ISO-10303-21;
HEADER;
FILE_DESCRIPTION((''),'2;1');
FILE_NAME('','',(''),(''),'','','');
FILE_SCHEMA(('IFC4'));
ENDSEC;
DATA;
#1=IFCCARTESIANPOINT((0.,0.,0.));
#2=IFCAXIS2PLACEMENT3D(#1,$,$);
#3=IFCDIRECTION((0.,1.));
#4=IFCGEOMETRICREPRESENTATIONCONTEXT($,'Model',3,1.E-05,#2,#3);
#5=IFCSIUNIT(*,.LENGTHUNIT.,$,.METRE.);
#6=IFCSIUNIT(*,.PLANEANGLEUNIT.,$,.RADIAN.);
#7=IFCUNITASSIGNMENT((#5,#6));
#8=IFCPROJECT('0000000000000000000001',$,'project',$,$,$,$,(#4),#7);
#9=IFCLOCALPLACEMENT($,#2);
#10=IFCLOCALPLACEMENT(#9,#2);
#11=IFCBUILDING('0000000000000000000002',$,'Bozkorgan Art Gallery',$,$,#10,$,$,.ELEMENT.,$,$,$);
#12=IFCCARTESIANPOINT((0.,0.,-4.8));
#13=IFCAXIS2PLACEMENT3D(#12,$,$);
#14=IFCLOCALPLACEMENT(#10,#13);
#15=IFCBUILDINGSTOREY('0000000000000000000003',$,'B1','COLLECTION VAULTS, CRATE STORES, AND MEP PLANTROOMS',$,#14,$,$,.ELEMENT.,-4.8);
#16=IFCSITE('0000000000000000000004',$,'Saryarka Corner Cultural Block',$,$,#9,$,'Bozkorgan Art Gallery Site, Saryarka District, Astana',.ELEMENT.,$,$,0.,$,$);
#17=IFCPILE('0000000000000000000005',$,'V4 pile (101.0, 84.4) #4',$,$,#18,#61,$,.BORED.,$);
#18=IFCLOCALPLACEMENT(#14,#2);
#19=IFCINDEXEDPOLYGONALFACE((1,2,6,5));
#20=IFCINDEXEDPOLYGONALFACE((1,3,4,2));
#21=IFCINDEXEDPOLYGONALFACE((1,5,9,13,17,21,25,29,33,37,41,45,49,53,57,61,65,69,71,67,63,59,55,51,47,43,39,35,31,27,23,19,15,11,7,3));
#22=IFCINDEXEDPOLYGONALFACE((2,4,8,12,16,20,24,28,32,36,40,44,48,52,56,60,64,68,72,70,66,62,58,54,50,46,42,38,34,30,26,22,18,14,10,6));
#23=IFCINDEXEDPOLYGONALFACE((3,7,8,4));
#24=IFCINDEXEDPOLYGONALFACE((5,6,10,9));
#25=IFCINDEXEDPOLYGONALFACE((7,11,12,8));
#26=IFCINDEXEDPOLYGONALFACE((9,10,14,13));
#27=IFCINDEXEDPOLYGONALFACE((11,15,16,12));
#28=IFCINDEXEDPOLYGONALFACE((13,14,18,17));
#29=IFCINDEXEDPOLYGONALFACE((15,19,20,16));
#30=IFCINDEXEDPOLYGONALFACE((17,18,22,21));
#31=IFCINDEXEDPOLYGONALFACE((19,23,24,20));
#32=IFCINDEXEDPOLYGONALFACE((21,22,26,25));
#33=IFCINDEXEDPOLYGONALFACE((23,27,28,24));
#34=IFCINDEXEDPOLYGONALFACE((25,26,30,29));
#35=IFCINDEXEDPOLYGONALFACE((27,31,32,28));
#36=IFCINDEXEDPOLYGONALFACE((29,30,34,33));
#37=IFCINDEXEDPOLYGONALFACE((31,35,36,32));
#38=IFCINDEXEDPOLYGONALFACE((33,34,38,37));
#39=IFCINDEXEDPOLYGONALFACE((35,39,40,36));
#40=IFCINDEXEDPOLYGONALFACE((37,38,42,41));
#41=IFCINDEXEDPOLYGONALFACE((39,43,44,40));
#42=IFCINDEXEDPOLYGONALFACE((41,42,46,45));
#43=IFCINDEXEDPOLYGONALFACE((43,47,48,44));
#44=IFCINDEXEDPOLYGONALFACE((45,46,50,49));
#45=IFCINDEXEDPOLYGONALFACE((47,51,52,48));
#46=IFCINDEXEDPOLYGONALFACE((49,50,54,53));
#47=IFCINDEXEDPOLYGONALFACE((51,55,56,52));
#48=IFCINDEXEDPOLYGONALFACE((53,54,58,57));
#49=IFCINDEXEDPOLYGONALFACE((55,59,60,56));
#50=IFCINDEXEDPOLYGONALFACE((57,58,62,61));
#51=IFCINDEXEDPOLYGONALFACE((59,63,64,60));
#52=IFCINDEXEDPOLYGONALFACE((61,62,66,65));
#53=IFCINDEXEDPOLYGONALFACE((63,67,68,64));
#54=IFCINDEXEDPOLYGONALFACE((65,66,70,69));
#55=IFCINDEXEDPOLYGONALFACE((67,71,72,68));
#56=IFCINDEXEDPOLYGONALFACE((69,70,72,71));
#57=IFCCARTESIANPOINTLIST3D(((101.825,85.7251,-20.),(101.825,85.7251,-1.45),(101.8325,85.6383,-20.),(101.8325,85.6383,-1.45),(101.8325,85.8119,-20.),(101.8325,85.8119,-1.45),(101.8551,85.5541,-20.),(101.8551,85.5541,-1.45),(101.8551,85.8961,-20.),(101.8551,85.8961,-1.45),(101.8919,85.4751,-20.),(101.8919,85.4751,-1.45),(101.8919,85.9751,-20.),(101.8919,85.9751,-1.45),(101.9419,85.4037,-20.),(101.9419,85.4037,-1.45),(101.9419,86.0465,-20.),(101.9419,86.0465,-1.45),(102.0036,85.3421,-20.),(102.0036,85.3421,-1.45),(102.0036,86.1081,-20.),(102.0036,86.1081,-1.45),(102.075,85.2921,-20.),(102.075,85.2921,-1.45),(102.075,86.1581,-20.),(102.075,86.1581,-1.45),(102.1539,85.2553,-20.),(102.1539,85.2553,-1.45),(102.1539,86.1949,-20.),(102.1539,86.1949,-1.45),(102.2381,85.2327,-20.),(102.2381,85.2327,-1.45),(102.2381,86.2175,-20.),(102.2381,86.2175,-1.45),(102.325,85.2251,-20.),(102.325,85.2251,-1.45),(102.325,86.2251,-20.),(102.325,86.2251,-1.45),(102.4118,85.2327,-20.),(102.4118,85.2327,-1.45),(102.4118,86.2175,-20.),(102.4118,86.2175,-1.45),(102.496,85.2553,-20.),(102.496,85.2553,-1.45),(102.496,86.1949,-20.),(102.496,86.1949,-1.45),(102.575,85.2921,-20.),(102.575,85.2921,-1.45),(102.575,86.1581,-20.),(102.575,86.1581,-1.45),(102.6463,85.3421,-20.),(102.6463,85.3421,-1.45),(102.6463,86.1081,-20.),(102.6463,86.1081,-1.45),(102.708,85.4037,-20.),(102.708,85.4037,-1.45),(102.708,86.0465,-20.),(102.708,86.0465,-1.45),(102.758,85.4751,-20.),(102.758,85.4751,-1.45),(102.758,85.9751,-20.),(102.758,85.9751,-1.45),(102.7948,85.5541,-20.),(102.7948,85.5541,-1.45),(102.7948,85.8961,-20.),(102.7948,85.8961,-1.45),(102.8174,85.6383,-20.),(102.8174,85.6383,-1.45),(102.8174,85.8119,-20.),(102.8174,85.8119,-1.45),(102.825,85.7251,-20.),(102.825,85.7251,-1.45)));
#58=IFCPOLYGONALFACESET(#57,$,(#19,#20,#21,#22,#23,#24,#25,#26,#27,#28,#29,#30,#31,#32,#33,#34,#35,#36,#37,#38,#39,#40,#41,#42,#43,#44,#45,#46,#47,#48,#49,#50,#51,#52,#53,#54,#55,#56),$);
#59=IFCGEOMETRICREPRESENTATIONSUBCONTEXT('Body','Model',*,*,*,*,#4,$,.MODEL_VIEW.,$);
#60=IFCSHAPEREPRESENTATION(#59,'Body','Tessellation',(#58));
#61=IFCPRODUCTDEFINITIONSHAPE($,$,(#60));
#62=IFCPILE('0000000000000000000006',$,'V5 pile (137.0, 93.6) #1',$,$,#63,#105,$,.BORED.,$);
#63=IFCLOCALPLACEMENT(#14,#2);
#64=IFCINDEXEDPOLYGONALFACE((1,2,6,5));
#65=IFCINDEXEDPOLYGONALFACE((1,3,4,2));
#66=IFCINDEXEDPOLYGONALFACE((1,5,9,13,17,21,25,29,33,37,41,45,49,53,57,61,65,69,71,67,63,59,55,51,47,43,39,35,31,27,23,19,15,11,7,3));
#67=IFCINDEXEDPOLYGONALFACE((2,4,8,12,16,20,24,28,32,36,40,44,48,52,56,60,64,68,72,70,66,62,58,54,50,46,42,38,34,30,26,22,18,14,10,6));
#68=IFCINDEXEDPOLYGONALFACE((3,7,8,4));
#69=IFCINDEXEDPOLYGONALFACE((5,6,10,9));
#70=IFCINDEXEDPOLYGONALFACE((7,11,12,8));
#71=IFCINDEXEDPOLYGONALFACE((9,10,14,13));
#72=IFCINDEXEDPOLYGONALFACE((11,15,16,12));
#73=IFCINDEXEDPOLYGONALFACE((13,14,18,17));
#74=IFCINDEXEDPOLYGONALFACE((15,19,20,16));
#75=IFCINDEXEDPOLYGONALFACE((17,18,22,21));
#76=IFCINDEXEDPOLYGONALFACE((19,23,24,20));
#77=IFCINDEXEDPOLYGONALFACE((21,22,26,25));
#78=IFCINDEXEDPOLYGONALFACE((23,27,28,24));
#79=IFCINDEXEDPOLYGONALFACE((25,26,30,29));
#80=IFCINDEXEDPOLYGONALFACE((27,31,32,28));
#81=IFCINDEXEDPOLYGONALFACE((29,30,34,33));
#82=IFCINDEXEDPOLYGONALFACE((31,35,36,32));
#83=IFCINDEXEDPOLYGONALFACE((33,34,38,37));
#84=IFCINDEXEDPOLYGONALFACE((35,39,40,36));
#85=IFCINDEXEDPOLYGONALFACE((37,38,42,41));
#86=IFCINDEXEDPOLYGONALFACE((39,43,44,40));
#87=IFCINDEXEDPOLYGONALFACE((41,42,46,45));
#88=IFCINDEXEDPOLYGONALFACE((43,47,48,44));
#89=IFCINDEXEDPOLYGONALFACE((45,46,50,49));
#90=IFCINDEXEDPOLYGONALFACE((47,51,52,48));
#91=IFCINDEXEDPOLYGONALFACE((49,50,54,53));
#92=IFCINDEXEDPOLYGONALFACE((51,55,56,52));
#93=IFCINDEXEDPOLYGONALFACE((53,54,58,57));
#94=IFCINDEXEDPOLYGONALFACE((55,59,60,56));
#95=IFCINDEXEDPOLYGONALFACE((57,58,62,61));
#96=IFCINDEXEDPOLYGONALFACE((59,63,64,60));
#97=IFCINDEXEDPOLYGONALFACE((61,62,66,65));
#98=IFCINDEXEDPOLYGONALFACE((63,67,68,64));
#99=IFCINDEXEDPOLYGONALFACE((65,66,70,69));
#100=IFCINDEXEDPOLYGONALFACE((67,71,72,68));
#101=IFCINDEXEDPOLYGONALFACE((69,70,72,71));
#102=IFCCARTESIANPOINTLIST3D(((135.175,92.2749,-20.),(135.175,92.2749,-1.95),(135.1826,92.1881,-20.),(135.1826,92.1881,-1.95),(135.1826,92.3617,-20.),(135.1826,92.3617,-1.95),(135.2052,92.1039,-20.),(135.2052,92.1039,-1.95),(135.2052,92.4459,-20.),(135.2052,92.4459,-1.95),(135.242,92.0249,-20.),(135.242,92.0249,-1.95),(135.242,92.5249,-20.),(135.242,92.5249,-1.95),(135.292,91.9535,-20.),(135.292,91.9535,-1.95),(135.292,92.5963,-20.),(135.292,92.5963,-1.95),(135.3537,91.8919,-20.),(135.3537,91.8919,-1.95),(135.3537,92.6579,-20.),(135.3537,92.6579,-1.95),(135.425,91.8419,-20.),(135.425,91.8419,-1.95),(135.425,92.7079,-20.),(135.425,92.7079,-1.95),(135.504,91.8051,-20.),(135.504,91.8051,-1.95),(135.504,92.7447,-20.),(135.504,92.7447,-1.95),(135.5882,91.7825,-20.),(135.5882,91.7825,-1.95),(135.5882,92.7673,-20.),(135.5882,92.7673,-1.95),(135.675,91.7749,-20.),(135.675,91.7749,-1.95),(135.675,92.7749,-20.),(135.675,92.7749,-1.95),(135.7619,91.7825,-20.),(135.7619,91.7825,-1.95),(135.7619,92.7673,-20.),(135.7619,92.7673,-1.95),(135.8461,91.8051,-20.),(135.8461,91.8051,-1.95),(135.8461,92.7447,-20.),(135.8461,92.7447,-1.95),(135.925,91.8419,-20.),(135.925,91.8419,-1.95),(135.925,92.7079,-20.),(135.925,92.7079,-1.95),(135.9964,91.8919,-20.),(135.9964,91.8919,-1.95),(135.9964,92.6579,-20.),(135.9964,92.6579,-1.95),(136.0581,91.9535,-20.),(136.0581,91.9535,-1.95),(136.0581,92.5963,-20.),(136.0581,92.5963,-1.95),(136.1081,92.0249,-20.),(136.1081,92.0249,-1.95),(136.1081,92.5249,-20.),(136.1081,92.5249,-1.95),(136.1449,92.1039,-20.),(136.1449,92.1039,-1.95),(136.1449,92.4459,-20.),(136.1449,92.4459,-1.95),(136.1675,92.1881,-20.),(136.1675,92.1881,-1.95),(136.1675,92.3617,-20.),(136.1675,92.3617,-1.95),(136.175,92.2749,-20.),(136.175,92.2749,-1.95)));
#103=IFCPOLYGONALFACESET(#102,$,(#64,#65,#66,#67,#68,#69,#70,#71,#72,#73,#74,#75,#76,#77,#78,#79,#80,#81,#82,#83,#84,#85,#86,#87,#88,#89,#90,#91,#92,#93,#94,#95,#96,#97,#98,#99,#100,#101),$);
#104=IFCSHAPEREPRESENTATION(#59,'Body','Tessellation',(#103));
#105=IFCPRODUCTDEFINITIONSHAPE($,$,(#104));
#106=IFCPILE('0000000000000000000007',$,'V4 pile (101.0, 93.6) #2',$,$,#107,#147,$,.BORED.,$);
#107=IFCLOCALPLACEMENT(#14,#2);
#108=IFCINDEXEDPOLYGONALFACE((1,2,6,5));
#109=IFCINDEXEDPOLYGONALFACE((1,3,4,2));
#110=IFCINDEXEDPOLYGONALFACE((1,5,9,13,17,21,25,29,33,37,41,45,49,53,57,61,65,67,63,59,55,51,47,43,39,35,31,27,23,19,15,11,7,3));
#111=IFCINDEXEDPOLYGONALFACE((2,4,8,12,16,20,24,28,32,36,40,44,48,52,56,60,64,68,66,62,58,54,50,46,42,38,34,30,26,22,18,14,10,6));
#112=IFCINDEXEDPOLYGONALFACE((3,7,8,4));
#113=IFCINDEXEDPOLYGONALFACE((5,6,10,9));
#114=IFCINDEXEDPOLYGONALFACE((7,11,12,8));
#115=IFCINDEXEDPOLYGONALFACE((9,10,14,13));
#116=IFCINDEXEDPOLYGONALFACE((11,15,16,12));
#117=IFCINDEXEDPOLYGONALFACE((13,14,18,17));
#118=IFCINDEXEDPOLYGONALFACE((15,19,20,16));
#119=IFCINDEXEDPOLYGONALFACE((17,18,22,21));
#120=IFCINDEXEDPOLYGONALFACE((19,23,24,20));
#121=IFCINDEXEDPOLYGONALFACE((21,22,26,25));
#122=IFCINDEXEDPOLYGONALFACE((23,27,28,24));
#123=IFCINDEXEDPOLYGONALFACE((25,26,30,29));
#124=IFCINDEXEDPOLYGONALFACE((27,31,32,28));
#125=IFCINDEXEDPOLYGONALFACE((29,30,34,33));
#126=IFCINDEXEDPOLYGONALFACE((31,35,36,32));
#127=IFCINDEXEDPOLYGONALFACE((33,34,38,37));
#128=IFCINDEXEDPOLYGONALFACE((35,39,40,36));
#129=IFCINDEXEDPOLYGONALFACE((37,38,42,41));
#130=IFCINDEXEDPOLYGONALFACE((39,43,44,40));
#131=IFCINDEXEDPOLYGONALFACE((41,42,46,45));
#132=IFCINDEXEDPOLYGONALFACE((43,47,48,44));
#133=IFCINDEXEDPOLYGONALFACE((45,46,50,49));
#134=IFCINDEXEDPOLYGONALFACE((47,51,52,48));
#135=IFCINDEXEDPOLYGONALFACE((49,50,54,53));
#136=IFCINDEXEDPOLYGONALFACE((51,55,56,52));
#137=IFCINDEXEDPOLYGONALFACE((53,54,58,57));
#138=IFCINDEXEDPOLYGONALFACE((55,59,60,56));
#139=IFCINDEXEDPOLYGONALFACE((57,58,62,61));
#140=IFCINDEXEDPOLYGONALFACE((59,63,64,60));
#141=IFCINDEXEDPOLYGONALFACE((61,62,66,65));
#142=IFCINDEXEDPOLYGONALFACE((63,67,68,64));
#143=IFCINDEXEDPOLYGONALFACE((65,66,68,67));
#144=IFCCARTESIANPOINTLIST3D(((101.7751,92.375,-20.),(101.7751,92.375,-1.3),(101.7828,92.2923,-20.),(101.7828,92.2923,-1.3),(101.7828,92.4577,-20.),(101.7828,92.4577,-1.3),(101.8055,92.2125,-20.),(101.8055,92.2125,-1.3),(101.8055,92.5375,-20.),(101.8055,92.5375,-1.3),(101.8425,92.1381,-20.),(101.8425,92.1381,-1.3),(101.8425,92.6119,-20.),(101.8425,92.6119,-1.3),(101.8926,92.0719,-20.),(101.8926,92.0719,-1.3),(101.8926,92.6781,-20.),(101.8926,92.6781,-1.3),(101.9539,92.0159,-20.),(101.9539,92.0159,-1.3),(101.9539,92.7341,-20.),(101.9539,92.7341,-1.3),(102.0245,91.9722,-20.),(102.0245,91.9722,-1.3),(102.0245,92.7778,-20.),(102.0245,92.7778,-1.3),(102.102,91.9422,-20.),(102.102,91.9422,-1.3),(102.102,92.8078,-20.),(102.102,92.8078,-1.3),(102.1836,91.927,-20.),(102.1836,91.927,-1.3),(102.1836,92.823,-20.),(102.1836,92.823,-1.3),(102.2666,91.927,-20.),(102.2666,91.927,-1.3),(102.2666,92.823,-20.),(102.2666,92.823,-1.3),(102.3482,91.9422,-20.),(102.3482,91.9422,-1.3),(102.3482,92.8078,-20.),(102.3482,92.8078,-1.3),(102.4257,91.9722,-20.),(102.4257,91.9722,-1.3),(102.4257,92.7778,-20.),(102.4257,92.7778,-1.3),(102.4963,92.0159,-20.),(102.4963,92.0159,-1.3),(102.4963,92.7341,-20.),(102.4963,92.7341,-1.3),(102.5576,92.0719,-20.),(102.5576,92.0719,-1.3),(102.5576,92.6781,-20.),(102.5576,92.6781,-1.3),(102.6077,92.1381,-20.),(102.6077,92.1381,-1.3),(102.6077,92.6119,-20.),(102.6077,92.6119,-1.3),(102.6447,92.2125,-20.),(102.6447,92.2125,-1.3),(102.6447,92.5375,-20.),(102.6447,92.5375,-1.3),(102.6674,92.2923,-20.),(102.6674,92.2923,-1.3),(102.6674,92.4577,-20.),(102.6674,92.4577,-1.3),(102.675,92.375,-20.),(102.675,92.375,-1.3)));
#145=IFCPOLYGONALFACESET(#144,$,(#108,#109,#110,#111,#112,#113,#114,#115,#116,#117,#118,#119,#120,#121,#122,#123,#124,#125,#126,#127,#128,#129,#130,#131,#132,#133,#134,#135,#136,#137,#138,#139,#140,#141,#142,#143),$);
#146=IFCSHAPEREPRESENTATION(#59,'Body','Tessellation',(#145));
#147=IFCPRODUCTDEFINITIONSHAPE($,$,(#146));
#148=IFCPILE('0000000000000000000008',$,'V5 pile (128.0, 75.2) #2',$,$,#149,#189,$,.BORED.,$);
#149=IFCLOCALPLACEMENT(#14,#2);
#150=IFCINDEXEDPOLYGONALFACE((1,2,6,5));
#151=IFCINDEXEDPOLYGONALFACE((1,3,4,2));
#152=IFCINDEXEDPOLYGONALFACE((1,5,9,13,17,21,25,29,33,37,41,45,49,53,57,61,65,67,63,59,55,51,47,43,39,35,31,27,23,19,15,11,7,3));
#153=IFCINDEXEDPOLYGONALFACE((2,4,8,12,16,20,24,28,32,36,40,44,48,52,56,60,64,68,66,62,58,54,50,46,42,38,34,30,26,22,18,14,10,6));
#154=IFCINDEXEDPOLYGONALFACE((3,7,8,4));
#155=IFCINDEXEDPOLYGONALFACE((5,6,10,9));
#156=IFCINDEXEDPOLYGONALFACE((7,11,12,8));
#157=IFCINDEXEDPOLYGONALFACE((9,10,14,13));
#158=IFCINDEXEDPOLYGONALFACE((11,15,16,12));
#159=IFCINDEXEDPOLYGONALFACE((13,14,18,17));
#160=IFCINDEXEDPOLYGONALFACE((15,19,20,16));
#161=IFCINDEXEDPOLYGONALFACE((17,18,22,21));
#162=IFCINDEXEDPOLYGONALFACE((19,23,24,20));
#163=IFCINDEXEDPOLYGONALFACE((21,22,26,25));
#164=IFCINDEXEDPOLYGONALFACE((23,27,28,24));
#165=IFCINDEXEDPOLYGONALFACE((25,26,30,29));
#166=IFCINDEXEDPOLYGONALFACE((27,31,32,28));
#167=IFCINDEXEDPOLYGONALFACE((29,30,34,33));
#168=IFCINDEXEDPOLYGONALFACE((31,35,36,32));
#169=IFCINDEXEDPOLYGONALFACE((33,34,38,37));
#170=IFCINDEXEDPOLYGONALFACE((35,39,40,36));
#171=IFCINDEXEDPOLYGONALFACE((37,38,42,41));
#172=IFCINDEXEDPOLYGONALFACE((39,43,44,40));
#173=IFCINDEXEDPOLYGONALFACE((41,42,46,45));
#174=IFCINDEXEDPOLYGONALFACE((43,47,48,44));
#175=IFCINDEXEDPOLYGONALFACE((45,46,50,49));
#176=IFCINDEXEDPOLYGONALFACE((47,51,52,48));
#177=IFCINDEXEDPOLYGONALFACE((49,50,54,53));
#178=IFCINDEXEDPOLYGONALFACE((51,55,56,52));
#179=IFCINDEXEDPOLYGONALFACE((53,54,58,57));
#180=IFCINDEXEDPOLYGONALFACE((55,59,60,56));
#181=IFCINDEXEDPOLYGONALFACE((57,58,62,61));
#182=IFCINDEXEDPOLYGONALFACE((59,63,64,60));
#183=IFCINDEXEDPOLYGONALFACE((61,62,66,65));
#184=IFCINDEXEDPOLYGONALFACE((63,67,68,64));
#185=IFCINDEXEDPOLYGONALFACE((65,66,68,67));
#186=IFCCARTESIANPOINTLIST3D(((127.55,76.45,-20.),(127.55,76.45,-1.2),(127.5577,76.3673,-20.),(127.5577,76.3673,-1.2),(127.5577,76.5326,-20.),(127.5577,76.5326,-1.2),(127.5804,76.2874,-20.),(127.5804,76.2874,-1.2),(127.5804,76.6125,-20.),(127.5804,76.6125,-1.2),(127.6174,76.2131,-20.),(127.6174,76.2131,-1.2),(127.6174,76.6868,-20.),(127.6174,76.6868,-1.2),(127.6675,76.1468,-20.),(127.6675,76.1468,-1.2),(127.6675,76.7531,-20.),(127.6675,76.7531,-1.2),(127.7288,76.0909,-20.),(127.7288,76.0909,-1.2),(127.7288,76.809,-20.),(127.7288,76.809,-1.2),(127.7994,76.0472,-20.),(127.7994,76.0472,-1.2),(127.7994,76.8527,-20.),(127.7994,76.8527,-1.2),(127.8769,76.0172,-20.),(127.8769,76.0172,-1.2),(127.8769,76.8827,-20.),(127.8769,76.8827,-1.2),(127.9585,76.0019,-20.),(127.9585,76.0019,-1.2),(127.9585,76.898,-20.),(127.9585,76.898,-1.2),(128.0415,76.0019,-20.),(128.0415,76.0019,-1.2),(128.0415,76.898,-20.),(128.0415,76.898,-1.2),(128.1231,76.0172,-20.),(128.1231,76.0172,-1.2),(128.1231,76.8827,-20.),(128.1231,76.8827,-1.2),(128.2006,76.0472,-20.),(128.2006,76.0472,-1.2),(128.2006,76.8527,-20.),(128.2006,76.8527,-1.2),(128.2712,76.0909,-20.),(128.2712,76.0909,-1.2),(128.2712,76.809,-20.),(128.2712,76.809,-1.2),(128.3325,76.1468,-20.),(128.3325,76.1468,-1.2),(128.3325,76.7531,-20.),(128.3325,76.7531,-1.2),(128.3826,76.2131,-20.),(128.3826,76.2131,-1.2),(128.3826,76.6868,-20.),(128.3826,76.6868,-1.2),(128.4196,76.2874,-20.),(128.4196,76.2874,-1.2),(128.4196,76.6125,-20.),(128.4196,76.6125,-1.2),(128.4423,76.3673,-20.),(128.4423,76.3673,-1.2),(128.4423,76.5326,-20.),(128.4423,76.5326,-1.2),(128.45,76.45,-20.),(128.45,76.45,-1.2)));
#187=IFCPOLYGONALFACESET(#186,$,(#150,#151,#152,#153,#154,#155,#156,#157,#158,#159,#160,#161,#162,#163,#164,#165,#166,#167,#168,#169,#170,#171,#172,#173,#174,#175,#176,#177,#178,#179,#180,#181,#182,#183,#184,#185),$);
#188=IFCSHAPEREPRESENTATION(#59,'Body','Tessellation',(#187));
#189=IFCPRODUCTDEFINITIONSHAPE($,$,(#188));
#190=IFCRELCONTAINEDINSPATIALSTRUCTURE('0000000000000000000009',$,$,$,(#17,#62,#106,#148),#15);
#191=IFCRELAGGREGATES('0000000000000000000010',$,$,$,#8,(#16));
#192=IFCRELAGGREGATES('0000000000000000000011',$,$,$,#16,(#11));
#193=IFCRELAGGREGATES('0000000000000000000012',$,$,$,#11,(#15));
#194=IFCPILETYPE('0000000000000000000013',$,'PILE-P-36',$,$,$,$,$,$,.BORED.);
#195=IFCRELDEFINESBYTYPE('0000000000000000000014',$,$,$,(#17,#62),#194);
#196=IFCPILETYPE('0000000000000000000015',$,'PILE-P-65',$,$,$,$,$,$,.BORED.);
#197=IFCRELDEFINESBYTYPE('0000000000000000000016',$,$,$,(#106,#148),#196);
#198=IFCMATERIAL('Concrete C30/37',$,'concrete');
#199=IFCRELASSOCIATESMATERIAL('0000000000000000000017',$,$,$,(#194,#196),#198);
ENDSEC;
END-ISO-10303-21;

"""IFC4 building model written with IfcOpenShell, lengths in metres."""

from ifc_helpers import new_model, si_unit, direction, frame, origin, origin_2d, place, context, subcontext, project, spatial, circle, extrude, material, material_profile, profile_set, type_object, element, save


model = new_model("IFC4")

# Units and contexts
model_context = context("Model", 3, precision=1e-05, world=origin(), true_north=direction((0.0, 1.0)))
body_context = subcontext(model_context, "Body", "Model", "MODEL_VIEW")
ifc_project = project(units=[si_unit("LENGTHUNIT", "METRE"), si_unit("PLANEANGLEUNIT", "RADIAN")], contexts=[model_context])

# Site, building, storey
site_placement = place(None, origin())
site = spatial("IfcSite", under=ifc_project, at=site_placement, Name="Saryarka Corner Cultural Block", LongName="Bozkorgan Art Gallery Site, Saryarka District, Astana", CompositionType="ELEMENT", RefElevation=0.0)
building_placement = place(site_placement, origin())
building = spatial("IfcBuilding", under=site, at=building_placement, Name="Bozkorgan Art Gallery", CompositionType="ELEMENT")
storey_placement = place(building_placement, frame((0.0, 0.0, -4.8)))
storey = spatial("IfcBuildingStorey", under=building, at=storey_placement, Name="B1", Description="COLLECTION VAULTS, CRATE STORES, AND MEP PLANTROOMS", CompositionType="ELEMENT", Elevation=-4.8)

# Shared definitions
ifc_material_1 = material(Name="Concrete C30/37", Category="concrete")

# Piles
ifc_material_profile_1 = material_profile(ifc_material_1, circle(Radius=0.5, at=origin_2d()), Name="PILE D1000")
ifc_profile_set_1 = profile_set([ifc_material_profile_1], Name="Concrete C30/37")
pile_type_1 = type_object("IfcPileType", Name="PILE-P-36", PredefinedType="BORED", material=ifc_profile_set_1)
for number, where, z_axis, x_axis, name in (
    (1, (102.325, 85.7251, -1.45), (0.0, 0.0, -1.0), (1.0, 0.0, 0.0), "V4 pile (101.0, 84.4) #4"),
):
    element("IfcPile", number, at=place(storey_placement, frame(where, z_axis=z_axis, x_axis=x_axis)), inside=storey, type_object=pile_type_1, Name=name, PredefinedType="BORED", context=body_context, shape_type="SweptSolid", body=[
        extrude(circle(Radius=0.5, at=origin_2d()), origin(), (0.0, 0.0, 1.0), 18.55),
    ])
pile_1_placement = place(storey_placement, frame((135.675, 92.2749, -1.95), z_axis=(0.0, 0.0, -1.0), x_axis=(1.0, 0.0, 0.0)))
element("IfcPile", 2, at=pile_1_placement, inside=storey, type_object=pile_type_1, Name="V5 pile (137.0, 93.6) #1", PredefinedType="BORED", context=body_context, shape_type="SweptSolid", body=[
    extrude(circle(Radius=0.5, at=origin_2d()), origin(), (0.0, 0.0, 1.0), 18.05),
])
ifc_material_profile_2 = material_profile(ifc_material_1, circle(Radius=0.45, at=origin_2d()), Name="PILE D900")
ifc_profile_set_2 = profile_set([ifc_material_profile_2], Name="Concrete C30/37")
pile_type_2 = type_object("IfcPileType", Name="PILE-P-65", PredefinedType="BORED", material=ifc_profile_set_2)
pile_2_placement = place(storey_placement, frame((102.2251, 92.375, -1.3), z_axis=(0.0, 0.0, -1.0), x_axis=(1.0, 0.0, 0.0)))
element("IfcPile", 3, at=pile_2_placement, inside=storey, type_object=pile_type_2, Name="V4 pile (101.0, 93.6) #2", PredefinedType="BORED", context=body_context, shape_type="SweptSolid", body=[
    extrude(circle(Radius=0.45, at=origin_2d()), origin(), (0.0, 0.0, 1.0), 18.7),
])
for number, where, z_axis, x_axis, name in (
    (4, (128.0, 76.45, -1.2), (0.0, 0.0, -1.0), (1.0, 0.0, 0.0), "V5 pile (128.0, 75.2) #2"),
):
    element("IfcPile", number, at=place(storey_placement, frame(where, z_axis=z_axis, x_axis=x_axis)), inside=storey, type_object=pile_type_2, Name=name, PredefinedType="BORED", context=body_context, shape_type="SweptSolid", body=[
        extrude(circle(Radius=0.45, at=origin_2d()), origin(), (0.0, 0.0, 1.0), 18.8),
    ])

save(model, "model.ifc")
